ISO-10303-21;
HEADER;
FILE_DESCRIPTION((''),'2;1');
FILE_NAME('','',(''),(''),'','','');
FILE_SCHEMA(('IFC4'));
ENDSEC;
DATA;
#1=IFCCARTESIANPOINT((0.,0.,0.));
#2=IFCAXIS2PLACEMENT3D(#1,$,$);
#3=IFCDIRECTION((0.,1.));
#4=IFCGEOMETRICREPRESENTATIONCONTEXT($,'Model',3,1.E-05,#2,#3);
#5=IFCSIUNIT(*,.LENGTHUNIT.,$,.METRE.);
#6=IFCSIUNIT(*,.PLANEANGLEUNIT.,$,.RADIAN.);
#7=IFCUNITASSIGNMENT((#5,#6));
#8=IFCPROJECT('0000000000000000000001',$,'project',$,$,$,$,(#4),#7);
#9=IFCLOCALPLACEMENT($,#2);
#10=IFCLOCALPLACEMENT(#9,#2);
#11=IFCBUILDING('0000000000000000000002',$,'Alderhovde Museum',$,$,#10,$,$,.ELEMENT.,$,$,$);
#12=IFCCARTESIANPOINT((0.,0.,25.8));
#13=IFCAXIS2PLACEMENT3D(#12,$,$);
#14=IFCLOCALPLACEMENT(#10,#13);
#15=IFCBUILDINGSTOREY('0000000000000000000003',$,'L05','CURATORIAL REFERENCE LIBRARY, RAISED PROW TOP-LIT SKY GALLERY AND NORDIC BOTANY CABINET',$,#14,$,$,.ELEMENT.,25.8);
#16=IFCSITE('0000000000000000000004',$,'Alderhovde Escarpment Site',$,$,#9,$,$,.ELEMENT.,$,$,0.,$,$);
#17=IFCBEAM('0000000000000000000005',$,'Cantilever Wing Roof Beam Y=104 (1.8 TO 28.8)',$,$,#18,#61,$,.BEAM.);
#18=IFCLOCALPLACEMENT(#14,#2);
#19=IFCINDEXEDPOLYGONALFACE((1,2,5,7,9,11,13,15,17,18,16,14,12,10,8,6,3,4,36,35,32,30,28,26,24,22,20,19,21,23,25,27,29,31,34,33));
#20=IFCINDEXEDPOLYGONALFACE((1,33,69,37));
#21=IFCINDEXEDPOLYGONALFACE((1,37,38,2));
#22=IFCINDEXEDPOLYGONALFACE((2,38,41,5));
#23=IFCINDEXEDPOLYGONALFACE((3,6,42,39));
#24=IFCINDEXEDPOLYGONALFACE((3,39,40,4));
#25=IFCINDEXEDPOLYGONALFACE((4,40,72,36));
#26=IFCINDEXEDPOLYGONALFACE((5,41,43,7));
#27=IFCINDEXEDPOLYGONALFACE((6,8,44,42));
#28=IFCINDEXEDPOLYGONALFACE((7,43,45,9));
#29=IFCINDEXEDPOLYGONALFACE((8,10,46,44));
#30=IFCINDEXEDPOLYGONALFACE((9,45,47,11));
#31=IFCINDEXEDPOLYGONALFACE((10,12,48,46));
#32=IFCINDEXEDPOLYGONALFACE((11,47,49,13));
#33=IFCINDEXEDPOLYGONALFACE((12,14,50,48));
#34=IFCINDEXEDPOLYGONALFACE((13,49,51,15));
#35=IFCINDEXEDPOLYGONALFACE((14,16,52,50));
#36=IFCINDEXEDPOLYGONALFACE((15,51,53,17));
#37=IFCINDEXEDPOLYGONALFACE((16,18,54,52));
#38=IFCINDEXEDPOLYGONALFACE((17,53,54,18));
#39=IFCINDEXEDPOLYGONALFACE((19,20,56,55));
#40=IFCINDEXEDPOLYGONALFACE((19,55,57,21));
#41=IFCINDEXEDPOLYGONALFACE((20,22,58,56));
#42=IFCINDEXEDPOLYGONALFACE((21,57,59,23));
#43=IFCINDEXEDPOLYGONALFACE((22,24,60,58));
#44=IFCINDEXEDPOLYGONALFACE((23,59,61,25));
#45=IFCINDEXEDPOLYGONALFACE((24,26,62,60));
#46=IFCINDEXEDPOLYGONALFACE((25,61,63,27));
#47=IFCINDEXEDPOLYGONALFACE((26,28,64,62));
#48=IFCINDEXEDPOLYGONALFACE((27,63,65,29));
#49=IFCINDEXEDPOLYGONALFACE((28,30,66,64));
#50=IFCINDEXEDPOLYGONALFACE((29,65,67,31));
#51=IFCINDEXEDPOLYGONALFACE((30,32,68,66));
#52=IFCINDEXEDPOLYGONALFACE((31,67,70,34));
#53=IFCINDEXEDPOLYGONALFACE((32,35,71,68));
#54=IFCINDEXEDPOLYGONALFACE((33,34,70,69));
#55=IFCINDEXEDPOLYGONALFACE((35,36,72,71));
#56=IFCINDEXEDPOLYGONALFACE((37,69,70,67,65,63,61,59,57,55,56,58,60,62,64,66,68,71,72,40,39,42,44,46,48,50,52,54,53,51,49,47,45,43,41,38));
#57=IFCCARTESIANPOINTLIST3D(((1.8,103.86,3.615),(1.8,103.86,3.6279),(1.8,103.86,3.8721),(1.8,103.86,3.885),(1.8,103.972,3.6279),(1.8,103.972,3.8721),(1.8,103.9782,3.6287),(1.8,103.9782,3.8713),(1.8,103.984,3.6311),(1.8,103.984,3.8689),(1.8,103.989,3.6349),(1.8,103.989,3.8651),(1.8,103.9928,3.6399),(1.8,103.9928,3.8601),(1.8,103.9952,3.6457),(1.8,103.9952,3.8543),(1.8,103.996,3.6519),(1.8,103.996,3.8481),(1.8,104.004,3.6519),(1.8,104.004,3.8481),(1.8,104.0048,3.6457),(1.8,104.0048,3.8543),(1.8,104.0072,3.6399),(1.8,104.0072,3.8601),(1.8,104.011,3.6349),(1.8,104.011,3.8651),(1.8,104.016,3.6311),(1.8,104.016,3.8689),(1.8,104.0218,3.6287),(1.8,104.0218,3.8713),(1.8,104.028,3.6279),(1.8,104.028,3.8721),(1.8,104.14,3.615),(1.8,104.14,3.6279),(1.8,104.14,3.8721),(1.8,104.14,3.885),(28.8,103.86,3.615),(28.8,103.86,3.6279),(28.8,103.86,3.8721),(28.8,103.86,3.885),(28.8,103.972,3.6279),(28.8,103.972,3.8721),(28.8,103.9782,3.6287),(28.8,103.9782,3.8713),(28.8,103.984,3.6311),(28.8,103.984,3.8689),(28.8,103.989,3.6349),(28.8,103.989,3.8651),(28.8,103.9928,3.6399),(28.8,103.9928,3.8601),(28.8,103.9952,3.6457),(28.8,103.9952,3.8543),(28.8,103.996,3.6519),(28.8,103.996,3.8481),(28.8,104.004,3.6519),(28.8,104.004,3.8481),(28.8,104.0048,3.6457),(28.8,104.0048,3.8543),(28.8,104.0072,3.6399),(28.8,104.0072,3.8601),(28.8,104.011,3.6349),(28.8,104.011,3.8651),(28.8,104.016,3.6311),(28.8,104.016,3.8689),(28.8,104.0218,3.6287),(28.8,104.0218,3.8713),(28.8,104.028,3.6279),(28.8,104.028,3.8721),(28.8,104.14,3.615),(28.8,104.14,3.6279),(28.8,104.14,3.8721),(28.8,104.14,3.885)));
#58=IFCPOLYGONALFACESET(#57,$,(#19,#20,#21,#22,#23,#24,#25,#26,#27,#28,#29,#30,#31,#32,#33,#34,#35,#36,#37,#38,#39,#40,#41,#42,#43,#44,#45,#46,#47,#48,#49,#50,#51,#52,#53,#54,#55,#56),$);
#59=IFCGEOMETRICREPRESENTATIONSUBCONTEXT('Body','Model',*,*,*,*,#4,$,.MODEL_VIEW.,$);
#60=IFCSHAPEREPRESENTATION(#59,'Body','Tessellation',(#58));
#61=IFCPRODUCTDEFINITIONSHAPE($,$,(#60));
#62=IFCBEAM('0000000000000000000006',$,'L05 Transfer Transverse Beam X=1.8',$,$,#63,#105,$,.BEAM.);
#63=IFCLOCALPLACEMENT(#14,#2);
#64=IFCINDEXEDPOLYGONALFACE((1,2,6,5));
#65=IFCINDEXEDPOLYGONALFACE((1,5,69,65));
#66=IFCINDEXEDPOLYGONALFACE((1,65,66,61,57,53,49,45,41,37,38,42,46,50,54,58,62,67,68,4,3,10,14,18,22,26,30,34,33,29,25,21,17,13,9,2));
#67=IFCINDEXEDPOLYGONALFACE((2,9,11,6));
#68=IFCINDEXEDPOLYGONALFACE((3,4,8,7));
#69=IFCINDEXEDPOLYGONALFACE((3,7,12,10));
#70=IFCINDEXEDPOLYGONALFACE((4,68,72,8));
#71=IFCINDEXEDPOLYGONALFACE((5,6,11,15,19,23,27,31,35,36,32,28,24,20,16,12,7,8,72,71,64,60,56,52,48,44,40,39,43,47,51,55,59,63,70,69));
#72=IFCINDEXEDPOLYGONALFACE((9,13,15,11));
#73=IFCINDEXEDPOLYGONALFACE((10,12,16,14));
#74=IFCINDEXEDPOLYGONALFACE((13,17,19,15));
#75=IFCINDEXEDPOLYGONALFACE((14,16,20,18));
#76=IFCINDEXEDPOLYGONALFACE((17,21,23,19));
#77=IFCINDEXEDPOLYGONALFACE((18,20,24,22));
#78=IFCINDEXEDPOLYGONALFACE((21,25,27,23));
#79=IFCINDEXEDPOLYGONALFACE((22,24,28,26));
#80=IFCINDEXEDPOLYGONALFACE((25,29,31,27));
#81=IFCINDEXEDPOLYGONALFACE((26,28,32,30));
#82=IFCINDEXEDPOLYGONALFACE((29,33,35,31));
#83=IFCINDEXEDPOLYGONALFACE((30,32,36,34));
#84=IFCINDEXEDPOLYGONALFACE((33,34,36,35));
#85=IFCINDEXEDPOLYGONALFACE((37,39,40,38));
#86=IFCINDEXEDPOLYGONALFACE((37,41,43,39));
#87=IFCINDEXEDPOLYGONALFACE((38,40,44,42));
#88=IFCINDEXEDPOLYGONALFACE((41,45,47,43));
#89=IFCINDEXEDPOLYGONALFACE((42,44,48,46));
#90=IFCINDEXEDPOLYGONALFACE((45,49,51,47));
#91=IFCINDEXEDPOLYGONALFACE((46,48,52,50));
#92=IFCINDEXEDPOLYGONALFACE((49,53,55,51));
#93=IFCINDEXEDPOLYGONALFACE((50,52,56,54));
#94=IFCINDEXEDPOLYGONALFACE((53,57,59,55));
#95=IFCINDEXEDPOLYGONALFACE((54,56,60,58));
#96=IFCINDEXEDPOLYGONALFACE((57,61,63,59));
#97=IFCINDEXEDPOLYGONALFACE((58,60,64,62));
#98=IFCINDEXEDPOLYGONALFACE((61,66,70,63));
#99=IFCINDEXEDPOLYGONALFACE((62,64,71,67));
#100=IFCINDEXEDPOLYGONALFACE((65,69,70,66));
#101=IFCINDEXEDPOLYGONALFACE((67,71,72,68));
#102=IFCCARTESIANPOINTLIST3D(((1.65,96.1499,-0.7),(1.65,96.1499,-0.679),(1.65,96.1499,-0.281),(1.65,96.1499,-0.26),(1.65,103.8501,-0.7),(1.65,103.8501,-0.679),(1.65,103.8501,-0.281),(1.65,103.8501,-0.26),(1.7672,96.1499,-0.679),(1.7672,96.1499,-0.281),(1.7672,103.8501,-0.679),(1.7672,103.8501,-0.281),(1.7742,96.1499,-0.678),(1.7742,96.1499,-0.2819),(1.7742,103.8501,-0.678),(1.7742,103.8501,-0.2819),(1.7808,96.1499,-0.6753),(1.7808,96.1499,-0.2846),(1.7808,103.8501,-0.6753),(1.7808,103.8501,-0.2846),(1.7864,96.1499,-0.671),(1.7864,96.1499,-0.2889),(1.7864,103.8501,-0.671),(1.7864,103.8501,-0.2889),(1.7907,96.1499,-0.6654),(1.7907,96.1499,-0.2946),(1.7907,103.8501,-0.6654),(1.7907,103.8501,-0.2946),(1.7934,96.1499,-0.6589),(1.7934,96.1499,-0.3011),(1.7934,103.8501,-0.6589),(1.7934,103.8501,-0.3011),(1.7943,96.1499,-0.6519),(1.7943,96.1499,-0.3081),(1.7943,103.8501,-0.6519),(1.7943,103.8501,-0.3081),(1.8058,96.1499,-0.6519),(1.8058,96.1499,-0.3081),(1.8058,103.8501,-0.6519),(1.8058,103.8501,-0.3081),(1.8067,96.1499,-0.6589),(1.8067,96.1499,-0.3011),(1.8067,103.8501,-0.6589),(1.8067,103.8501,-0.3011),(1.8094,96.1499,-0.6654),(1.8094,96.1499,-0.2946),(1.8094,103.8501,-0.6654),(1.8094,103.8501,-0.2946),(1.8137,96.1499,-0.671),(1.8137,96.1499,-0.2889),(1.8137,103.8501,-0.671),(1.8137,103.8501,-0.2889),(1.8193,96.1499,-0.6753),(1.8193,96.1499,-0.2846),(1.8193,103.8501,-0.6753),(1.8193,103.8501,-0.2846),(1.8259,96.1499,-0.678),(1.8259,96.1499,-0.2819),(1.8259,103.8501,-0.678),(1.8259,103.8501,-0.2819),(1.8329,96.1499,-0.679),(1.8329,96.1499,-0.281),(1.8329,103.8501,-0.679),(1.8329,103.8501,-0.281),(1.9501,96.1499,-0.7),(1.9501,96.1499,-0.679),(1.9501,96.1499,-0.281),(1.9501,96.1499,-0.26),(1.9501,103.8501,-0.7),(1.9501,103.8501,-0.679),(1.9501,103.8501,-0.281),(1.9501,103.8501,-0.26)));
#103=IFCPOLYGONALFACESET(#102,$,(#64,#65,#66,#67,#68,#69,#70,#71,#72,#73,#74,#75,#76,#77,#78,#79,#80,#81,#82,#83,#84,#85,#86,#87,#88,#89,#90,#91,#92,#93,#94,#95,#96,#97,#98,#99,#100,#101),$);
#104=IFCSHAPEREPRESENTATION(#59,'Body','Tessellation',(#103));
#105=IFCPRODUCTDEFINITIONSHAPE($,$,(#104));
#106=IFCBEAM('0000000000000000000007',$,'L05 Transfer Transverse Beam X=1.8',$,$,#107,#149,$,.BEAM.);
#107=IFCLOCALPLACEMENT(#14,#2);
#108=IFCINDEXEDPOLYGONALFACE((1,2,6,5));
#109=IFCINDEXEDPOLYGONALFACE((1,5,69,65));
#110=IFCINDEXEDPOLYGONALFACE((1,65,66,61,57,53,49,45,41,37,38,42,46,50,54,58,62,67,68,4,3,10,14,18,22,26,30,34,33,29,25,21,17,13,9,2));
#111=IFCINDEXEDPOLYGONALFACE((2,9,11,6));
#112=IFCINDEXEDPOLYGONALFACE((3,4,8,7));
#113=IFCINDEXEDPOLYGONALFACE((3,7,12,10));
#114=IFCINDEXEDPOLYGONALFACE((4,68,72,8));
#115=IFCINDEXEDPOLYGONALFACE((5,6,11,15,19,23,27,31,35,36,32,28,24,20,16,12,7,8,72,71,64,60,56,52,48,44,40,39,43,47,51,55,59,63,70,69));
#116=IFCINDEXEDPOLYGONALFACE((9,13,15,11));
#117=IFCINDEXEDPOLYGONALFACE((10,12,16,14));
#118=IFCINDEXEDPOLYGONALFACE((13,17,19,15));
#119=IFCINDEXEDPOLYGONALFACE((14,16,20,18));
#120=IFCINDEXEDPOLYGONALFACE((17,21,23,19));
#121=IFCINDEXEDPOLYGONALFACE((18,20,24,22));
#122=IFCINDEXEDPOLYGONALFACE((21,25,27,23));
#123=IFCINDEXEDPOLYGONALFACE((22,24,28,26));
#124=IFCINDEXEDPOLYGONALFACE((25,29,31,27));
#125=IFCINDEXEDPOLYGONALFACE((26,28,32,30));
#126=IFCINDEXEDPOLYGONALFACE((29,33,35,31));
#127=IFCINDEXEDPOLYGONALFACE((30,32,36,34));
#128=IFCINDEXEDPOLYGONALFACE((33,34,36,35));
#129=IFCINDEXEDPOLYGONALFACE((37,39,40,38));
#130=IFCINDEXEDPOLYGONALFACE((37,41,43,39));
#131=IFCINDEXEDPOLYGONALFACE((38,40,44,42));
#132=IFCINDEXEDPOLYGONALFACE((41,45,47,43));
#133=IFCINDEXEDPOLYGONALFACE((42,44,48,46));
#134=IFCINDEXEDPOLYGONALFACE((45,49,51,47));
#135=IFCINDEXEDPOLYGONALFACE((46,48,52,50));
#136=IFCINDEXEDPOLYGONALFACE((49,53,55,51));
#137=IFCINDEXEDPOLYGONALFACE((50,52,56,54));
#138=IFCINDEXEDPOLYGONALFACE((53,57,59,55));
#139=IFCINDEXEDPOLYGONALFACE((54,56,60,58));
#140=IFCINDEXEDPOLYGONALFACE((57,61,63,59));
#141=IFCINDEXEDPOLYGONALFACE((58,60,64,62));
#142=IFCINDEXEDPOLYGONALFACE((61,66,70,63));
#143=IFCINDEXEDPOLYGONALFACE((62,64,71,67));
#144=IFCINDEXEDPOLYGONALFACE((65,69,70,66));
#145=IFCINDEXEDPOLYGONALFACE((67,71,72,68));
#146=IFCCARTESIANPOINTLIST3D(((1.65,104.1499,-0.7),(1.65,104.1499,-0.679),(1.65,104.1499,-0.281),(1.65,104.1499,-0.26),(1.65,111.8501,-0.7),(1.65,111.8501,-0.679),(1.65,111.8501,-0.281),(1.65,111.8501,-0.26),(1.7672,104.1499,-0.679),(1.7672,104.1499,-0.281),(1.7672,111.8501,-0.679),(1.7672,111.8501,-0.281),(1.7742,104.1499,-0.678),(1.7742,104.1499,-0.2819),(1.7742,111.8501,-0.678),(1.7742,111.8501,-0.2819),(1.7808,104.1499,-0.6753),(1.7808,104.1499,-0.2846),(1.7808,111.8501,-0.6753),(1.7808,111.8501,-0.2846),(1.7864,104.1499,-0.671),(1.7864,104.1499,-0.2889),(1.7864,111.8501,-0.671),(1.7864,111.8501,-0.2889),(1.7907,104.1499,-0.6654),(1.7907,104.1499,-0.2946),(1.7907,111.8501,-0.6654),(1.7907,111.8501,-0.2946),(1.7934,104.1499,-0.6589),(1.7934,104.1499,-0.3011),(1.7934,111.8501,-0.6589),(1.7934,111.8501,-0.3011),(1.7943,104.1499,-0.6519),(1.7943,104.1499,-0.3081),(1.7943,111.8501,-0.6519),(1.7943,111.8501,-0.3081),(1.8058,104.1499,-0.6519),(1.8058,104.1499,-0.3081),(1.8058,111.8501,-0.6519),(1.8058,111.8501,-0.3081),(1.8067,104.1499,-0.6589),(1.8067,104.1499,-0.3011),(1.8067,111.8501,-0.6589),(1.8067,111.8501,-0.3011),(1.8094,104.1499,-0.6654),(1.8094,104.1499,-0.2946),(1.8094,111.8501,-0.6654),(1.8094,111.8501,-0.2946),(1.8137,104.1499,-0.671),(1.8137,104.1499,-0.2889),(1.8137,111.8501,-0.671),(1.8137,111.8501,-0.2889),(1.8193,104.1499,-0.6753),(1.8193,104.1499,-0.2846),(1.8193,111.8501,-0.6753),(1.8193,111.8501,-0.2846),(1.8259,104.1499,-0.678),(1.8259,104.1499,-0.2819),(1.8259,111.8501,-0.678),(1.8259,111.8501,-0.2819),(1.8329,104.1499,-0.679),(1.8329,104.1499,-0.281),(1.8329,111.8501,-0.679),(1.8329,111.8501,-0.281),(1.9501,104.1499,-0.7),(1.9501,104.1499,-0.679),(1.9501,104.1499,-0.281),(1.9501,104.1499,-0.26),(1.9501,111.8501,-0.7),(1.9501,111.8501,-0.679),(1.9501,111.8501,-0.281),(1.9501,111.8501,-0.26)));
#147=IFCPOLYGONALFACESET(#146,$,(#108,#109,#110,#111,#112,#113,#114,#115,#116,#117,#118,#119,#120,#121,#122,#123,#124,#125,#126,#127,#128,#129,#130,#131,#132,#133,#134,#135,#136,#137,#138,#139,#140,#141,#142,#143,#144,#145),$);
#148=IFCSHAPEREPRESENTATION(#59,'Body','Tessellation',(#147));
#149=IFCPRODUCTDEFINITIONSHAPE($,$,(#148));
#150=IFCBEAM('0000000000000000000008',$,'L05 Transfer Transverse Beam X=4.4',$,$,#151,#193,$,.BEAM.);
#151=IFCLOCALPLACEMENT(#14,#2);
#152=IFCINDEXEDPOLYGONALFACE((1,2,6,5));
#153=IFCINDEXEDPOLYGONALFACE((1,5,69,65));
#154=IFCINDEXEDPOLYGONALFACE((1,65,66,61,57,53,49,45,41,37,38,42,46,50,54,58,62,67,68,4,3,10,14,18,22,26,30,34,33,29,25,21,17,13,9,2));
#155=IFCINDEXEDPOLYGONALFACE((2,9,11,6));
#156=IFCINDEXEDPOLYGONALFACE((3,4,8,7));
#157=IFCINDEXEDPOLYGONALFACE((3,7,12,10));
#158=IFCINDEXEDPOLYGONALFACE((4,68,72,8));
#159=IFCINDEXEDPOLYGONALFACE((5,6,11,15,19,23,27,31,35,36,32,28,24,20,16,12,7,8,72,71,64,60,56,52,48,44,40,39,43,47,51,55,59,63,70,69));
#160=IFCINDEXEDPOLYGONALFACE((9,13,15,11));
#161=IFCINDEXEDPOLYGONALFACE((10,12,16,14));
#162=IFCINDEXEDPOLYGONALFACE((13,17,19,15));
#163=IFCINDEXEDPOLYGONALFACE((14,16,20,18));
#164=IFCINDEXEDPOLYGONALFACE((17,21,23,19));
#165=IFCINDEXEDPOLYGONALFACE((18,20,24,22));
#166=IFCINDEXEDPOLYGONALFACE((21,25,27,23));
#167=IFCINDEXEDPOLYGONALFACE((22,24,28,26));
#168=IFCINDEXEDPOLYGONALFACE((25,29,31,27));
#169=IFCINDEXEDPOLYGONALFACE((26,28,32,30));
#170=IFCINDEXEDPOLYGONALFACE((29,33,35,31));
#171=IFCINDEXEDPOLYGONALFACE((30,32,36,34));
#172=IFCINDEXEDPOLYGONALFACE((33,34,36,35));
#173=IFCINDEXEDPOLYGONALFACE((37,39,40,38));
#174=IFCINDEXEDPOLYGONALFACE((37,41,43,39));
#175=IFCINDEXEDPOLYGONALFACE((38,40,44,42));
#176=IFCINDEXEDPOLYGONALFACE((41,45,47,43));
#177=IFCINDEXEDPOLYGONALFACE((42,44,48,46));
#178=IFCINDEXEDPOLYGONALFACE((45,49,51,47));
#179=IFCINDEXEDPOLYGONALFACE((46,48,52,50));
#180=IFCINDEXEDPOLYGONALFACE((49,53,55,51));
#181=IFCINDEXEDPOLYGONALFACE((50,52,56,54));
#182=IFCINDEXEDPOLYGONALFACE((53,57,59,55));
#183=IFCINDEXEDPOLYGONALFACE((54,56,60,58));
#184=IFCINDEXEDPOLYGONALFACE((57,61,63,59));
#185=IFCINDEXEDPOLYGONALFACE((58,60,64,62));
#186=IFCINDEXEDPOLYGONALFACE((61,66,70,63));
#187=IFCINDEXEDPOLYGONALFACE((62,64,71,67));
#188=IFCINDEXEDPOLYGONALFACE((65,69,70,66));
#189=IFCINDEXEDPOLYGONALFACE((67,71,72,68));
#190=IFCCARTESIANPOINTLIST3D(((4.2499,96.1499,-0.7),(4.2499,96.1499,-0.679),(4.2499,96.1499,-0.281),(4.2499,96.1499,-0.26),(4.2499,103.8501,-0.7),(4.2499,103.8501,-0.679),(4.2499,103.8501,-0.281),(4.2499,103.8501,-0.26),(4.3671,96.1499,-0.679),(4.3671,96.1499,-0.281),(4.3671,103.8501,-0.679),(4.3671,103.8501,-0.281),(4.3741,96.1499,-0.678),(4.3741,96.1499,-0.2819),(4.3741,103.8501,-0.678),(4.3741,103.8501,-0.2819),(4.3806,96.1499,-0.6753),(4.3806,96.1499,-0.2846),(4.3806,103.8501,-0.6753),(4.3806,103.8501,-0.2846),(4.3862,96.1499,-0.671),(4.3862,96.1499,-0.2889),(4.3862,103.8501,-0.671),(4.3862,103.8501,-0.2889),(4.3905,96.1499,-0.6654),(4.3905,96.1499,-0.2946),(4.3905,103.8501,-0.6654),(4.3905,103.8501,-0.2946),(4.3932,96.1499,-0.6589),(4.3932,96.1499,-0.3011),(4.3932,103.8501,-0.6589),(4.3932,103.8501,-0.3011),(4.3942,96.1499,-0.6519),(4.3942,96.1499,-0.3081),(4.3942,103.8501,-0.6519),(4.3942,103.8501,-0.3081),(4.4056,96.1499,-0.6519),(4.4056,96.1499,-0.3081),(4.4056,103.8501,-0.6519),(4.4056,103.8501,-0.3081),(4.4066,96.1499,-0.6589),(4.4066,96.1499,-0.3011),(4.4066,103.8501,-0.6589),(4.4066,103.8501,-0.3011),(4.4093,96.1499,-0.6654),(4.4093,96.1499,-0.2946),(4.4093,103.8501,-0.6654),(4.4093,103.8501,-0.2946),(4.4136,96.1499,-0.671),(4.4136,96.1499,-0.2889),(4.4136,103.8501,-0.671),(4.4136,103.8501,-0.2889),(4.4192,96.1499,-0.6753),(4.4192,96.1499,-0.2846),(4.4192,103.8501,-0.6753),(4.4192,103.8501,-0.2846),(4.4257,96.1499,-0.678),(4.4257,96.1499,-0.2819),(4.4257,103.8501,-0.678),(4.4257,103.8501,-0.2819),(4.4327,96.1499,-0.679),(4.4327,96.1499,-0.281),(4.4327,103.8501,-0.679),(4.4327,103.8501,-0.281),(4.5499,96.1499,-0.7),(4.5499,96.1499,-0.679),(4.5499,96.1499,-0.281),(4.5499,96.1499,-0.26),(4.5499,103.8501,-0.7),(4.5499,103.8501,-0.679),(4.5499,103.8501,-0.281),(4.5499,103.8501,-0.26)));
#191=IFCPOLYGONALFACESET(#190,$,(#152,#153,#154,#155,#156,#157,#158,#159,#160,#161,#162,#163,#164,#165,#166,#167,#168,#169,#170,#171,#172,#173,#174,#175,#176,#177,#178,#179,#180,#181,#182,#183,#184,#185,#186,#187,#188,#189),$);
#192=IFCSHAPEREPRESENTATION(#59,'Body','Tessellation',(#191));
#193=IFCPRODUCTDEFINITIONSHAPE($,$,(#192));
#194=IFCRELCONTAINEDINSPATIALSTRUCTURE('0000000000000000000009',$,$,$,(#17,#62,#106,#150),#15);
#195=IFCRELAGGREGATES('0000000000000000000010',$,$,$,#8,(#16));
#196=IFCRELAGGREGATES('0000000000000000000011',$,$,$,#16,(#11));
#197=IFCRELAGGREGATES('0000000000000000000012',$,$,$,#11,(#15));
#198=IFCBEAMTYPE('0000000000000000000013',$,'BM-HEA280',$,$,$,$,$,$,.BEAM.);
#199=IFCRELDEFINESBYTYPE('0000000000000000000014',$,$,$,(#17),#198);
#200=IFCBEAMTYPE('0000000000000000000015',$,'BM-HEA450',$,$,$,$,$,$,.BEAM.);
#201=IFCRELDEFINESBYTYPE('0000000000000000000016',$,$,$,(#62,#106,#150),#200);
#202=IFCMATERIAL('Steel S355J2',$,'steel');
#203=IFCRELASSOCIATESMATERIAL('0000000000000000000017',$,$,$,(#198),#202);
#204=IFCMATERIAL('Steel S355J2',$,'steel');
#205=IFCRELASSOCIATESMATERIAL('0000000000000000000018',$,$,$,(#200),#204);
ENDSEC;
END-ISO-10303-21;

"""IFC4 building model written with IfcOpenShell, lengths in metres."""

from ifc_helpers import new_model, si_unit, direction, frame, origin, origin_2d, place, context, subcontext, project, spatial, i_section, extrude, material, material_profile, profile_set, type_object, element, save


model = new_model("IFC4")

# Units and contexts
model_context = context("Model", 3, precision=1e-05, world=origin(), true_north=direction((0.0, 1.0)))
body_context = subcontext(model_context, "Body", "Model", "MODEL_VIEW")
ifc_project = project(units=[si_unit("LENGTHUNIT", "METRE"), si_unit("PLANEANGLEUNIT", "RADIAN")], contexts=[model_context])

# Site, building, storey
site_placement = place(None, origin())
site = spatial("IfcSite", under=ifc_project, at=site_placement, Name="Alderhovde Escarpment Site", CompositionType="ELEMENT", RefElevation=0.0)
building_placement = place(site_placement, origin())
building = spatial("IfcBuilding", under=site, at=building_placement, Name="Alderhovde Museum", CompositionType="ELEMENT")
storey_placement = place(building_placement, frame((0.0, 0.0, 25.8)))
storey = spatial("IfcBuildingStorey", under=building, at=storey_placement, Name="L05", Description="CURATORIAL REFERENCE LIBRARY, RAISED PROW TOP-LIT SKY GALLERY AND NORDIC BOTANY CABINET", CompositionType="ELEMENT", Elevation=25.8)

# Beams
ifc_material_1 = material(Name="Steel S355J2", Category="steel")
ifc_material_profile_1 = material_profile(ifc_material_1, i_section(OverallWidth=0.28, OverallDepth=0.27, WebThickness=0.0081, FlangeThickness=0.0129, FilletRadius=0.0239, at=origin_2d()), Name="HEA 280")
ifc_profile_set_1 = profile_set([ifc_material_profile_1], Name="Steel S355J2")
beam_type_1 = type_object("IfcBeamType", Name="BM-HEA280", PredefinedType="BEAM", material=ifc_profile_set_1)
beam_placement = place(storey_placement, frame((1.8, 104.0, 3.75), z_axis=(1.0, 0.0, 0.0), x_axis=(0.0, 1.0, 0.0)))
element("IfcBeam", 1, at=beam_placement, inside=storey, type_object=beam_type_1, Name="Cantilever Wing Roof Beam Y=104 (1.8 TO 28.8)", PredefinedType="BEAM", context=body_context, shape_type="SweptSolid", body=[
    extrude(i_section(OverallWidth=0.28, OverallDepth=0.27, WebThickness=0.0081, FlangeThickness=0.0129, FilletRadius=0.0239, at=origin_2d()), origin(), (0.0, 0.0, 1.0), 27.0),
])
ifc_material_2 = material(Name="Steel S355J2", Category="steel")
ifc_material_profile_2 = material_profile(ifc_material_2, i_section(OverallWidth=0.3, OverallDepth=0.4399, WebThickness=0.0115, FlangeThickness=0.021, FilletRadius=0.0271, at=origin_2d()), Name="HEA 450")
ifc_profile_set_2 = profile_set([ifc_material_profile_2], Name="Steel S355J2")
beam_type_2 = type_object("IfcBeamType", Name="BM-HEA450", PredefinedType="BEAM", material=ifc_profile_set_2)
for number, where, z_axis, x_axis, name in (
    (2, (1.8, 96.1499, -0.48), (0.0, 1.0, 0.0), (-1.0, 0.0, 0.0), "L05 Transfer Transverse Beam X=1.8"),
    (3, (1.8, 104.1499, -0.48), (0.0, 1.0, 0.0), (-1.0, 0.0, 0.0), "L05 Transfer Transverse Beam X=1.8"),
    (4, (4.3999, 96.1499, -0.48), (0.0, 1.0, 0.0), (-1.0, 0.0, 0.0), "L05 Transfer Transverse Beam X=4.4"),
):
    element("IfcBeam", number, at=place(storey_placement, frame(where, z_axis=z_axis, x_axis=x_axis)), inside=storey, type_object=beam_type_2, Name=name, PredefinedType="BEAM", context=body_context, shape_type="SweptSolid", body=[
        extrude(i_section(OverallWidth=0.3, OverallDepth=0.4399, WebThickness=0.0115, FlangeThickness=0.021, FilletRadius=0.0271, at=origin_2d()), origin(), (0.0, 0.0, 1.0), 7.7002),
    ])

save(model, "model.ifc")
